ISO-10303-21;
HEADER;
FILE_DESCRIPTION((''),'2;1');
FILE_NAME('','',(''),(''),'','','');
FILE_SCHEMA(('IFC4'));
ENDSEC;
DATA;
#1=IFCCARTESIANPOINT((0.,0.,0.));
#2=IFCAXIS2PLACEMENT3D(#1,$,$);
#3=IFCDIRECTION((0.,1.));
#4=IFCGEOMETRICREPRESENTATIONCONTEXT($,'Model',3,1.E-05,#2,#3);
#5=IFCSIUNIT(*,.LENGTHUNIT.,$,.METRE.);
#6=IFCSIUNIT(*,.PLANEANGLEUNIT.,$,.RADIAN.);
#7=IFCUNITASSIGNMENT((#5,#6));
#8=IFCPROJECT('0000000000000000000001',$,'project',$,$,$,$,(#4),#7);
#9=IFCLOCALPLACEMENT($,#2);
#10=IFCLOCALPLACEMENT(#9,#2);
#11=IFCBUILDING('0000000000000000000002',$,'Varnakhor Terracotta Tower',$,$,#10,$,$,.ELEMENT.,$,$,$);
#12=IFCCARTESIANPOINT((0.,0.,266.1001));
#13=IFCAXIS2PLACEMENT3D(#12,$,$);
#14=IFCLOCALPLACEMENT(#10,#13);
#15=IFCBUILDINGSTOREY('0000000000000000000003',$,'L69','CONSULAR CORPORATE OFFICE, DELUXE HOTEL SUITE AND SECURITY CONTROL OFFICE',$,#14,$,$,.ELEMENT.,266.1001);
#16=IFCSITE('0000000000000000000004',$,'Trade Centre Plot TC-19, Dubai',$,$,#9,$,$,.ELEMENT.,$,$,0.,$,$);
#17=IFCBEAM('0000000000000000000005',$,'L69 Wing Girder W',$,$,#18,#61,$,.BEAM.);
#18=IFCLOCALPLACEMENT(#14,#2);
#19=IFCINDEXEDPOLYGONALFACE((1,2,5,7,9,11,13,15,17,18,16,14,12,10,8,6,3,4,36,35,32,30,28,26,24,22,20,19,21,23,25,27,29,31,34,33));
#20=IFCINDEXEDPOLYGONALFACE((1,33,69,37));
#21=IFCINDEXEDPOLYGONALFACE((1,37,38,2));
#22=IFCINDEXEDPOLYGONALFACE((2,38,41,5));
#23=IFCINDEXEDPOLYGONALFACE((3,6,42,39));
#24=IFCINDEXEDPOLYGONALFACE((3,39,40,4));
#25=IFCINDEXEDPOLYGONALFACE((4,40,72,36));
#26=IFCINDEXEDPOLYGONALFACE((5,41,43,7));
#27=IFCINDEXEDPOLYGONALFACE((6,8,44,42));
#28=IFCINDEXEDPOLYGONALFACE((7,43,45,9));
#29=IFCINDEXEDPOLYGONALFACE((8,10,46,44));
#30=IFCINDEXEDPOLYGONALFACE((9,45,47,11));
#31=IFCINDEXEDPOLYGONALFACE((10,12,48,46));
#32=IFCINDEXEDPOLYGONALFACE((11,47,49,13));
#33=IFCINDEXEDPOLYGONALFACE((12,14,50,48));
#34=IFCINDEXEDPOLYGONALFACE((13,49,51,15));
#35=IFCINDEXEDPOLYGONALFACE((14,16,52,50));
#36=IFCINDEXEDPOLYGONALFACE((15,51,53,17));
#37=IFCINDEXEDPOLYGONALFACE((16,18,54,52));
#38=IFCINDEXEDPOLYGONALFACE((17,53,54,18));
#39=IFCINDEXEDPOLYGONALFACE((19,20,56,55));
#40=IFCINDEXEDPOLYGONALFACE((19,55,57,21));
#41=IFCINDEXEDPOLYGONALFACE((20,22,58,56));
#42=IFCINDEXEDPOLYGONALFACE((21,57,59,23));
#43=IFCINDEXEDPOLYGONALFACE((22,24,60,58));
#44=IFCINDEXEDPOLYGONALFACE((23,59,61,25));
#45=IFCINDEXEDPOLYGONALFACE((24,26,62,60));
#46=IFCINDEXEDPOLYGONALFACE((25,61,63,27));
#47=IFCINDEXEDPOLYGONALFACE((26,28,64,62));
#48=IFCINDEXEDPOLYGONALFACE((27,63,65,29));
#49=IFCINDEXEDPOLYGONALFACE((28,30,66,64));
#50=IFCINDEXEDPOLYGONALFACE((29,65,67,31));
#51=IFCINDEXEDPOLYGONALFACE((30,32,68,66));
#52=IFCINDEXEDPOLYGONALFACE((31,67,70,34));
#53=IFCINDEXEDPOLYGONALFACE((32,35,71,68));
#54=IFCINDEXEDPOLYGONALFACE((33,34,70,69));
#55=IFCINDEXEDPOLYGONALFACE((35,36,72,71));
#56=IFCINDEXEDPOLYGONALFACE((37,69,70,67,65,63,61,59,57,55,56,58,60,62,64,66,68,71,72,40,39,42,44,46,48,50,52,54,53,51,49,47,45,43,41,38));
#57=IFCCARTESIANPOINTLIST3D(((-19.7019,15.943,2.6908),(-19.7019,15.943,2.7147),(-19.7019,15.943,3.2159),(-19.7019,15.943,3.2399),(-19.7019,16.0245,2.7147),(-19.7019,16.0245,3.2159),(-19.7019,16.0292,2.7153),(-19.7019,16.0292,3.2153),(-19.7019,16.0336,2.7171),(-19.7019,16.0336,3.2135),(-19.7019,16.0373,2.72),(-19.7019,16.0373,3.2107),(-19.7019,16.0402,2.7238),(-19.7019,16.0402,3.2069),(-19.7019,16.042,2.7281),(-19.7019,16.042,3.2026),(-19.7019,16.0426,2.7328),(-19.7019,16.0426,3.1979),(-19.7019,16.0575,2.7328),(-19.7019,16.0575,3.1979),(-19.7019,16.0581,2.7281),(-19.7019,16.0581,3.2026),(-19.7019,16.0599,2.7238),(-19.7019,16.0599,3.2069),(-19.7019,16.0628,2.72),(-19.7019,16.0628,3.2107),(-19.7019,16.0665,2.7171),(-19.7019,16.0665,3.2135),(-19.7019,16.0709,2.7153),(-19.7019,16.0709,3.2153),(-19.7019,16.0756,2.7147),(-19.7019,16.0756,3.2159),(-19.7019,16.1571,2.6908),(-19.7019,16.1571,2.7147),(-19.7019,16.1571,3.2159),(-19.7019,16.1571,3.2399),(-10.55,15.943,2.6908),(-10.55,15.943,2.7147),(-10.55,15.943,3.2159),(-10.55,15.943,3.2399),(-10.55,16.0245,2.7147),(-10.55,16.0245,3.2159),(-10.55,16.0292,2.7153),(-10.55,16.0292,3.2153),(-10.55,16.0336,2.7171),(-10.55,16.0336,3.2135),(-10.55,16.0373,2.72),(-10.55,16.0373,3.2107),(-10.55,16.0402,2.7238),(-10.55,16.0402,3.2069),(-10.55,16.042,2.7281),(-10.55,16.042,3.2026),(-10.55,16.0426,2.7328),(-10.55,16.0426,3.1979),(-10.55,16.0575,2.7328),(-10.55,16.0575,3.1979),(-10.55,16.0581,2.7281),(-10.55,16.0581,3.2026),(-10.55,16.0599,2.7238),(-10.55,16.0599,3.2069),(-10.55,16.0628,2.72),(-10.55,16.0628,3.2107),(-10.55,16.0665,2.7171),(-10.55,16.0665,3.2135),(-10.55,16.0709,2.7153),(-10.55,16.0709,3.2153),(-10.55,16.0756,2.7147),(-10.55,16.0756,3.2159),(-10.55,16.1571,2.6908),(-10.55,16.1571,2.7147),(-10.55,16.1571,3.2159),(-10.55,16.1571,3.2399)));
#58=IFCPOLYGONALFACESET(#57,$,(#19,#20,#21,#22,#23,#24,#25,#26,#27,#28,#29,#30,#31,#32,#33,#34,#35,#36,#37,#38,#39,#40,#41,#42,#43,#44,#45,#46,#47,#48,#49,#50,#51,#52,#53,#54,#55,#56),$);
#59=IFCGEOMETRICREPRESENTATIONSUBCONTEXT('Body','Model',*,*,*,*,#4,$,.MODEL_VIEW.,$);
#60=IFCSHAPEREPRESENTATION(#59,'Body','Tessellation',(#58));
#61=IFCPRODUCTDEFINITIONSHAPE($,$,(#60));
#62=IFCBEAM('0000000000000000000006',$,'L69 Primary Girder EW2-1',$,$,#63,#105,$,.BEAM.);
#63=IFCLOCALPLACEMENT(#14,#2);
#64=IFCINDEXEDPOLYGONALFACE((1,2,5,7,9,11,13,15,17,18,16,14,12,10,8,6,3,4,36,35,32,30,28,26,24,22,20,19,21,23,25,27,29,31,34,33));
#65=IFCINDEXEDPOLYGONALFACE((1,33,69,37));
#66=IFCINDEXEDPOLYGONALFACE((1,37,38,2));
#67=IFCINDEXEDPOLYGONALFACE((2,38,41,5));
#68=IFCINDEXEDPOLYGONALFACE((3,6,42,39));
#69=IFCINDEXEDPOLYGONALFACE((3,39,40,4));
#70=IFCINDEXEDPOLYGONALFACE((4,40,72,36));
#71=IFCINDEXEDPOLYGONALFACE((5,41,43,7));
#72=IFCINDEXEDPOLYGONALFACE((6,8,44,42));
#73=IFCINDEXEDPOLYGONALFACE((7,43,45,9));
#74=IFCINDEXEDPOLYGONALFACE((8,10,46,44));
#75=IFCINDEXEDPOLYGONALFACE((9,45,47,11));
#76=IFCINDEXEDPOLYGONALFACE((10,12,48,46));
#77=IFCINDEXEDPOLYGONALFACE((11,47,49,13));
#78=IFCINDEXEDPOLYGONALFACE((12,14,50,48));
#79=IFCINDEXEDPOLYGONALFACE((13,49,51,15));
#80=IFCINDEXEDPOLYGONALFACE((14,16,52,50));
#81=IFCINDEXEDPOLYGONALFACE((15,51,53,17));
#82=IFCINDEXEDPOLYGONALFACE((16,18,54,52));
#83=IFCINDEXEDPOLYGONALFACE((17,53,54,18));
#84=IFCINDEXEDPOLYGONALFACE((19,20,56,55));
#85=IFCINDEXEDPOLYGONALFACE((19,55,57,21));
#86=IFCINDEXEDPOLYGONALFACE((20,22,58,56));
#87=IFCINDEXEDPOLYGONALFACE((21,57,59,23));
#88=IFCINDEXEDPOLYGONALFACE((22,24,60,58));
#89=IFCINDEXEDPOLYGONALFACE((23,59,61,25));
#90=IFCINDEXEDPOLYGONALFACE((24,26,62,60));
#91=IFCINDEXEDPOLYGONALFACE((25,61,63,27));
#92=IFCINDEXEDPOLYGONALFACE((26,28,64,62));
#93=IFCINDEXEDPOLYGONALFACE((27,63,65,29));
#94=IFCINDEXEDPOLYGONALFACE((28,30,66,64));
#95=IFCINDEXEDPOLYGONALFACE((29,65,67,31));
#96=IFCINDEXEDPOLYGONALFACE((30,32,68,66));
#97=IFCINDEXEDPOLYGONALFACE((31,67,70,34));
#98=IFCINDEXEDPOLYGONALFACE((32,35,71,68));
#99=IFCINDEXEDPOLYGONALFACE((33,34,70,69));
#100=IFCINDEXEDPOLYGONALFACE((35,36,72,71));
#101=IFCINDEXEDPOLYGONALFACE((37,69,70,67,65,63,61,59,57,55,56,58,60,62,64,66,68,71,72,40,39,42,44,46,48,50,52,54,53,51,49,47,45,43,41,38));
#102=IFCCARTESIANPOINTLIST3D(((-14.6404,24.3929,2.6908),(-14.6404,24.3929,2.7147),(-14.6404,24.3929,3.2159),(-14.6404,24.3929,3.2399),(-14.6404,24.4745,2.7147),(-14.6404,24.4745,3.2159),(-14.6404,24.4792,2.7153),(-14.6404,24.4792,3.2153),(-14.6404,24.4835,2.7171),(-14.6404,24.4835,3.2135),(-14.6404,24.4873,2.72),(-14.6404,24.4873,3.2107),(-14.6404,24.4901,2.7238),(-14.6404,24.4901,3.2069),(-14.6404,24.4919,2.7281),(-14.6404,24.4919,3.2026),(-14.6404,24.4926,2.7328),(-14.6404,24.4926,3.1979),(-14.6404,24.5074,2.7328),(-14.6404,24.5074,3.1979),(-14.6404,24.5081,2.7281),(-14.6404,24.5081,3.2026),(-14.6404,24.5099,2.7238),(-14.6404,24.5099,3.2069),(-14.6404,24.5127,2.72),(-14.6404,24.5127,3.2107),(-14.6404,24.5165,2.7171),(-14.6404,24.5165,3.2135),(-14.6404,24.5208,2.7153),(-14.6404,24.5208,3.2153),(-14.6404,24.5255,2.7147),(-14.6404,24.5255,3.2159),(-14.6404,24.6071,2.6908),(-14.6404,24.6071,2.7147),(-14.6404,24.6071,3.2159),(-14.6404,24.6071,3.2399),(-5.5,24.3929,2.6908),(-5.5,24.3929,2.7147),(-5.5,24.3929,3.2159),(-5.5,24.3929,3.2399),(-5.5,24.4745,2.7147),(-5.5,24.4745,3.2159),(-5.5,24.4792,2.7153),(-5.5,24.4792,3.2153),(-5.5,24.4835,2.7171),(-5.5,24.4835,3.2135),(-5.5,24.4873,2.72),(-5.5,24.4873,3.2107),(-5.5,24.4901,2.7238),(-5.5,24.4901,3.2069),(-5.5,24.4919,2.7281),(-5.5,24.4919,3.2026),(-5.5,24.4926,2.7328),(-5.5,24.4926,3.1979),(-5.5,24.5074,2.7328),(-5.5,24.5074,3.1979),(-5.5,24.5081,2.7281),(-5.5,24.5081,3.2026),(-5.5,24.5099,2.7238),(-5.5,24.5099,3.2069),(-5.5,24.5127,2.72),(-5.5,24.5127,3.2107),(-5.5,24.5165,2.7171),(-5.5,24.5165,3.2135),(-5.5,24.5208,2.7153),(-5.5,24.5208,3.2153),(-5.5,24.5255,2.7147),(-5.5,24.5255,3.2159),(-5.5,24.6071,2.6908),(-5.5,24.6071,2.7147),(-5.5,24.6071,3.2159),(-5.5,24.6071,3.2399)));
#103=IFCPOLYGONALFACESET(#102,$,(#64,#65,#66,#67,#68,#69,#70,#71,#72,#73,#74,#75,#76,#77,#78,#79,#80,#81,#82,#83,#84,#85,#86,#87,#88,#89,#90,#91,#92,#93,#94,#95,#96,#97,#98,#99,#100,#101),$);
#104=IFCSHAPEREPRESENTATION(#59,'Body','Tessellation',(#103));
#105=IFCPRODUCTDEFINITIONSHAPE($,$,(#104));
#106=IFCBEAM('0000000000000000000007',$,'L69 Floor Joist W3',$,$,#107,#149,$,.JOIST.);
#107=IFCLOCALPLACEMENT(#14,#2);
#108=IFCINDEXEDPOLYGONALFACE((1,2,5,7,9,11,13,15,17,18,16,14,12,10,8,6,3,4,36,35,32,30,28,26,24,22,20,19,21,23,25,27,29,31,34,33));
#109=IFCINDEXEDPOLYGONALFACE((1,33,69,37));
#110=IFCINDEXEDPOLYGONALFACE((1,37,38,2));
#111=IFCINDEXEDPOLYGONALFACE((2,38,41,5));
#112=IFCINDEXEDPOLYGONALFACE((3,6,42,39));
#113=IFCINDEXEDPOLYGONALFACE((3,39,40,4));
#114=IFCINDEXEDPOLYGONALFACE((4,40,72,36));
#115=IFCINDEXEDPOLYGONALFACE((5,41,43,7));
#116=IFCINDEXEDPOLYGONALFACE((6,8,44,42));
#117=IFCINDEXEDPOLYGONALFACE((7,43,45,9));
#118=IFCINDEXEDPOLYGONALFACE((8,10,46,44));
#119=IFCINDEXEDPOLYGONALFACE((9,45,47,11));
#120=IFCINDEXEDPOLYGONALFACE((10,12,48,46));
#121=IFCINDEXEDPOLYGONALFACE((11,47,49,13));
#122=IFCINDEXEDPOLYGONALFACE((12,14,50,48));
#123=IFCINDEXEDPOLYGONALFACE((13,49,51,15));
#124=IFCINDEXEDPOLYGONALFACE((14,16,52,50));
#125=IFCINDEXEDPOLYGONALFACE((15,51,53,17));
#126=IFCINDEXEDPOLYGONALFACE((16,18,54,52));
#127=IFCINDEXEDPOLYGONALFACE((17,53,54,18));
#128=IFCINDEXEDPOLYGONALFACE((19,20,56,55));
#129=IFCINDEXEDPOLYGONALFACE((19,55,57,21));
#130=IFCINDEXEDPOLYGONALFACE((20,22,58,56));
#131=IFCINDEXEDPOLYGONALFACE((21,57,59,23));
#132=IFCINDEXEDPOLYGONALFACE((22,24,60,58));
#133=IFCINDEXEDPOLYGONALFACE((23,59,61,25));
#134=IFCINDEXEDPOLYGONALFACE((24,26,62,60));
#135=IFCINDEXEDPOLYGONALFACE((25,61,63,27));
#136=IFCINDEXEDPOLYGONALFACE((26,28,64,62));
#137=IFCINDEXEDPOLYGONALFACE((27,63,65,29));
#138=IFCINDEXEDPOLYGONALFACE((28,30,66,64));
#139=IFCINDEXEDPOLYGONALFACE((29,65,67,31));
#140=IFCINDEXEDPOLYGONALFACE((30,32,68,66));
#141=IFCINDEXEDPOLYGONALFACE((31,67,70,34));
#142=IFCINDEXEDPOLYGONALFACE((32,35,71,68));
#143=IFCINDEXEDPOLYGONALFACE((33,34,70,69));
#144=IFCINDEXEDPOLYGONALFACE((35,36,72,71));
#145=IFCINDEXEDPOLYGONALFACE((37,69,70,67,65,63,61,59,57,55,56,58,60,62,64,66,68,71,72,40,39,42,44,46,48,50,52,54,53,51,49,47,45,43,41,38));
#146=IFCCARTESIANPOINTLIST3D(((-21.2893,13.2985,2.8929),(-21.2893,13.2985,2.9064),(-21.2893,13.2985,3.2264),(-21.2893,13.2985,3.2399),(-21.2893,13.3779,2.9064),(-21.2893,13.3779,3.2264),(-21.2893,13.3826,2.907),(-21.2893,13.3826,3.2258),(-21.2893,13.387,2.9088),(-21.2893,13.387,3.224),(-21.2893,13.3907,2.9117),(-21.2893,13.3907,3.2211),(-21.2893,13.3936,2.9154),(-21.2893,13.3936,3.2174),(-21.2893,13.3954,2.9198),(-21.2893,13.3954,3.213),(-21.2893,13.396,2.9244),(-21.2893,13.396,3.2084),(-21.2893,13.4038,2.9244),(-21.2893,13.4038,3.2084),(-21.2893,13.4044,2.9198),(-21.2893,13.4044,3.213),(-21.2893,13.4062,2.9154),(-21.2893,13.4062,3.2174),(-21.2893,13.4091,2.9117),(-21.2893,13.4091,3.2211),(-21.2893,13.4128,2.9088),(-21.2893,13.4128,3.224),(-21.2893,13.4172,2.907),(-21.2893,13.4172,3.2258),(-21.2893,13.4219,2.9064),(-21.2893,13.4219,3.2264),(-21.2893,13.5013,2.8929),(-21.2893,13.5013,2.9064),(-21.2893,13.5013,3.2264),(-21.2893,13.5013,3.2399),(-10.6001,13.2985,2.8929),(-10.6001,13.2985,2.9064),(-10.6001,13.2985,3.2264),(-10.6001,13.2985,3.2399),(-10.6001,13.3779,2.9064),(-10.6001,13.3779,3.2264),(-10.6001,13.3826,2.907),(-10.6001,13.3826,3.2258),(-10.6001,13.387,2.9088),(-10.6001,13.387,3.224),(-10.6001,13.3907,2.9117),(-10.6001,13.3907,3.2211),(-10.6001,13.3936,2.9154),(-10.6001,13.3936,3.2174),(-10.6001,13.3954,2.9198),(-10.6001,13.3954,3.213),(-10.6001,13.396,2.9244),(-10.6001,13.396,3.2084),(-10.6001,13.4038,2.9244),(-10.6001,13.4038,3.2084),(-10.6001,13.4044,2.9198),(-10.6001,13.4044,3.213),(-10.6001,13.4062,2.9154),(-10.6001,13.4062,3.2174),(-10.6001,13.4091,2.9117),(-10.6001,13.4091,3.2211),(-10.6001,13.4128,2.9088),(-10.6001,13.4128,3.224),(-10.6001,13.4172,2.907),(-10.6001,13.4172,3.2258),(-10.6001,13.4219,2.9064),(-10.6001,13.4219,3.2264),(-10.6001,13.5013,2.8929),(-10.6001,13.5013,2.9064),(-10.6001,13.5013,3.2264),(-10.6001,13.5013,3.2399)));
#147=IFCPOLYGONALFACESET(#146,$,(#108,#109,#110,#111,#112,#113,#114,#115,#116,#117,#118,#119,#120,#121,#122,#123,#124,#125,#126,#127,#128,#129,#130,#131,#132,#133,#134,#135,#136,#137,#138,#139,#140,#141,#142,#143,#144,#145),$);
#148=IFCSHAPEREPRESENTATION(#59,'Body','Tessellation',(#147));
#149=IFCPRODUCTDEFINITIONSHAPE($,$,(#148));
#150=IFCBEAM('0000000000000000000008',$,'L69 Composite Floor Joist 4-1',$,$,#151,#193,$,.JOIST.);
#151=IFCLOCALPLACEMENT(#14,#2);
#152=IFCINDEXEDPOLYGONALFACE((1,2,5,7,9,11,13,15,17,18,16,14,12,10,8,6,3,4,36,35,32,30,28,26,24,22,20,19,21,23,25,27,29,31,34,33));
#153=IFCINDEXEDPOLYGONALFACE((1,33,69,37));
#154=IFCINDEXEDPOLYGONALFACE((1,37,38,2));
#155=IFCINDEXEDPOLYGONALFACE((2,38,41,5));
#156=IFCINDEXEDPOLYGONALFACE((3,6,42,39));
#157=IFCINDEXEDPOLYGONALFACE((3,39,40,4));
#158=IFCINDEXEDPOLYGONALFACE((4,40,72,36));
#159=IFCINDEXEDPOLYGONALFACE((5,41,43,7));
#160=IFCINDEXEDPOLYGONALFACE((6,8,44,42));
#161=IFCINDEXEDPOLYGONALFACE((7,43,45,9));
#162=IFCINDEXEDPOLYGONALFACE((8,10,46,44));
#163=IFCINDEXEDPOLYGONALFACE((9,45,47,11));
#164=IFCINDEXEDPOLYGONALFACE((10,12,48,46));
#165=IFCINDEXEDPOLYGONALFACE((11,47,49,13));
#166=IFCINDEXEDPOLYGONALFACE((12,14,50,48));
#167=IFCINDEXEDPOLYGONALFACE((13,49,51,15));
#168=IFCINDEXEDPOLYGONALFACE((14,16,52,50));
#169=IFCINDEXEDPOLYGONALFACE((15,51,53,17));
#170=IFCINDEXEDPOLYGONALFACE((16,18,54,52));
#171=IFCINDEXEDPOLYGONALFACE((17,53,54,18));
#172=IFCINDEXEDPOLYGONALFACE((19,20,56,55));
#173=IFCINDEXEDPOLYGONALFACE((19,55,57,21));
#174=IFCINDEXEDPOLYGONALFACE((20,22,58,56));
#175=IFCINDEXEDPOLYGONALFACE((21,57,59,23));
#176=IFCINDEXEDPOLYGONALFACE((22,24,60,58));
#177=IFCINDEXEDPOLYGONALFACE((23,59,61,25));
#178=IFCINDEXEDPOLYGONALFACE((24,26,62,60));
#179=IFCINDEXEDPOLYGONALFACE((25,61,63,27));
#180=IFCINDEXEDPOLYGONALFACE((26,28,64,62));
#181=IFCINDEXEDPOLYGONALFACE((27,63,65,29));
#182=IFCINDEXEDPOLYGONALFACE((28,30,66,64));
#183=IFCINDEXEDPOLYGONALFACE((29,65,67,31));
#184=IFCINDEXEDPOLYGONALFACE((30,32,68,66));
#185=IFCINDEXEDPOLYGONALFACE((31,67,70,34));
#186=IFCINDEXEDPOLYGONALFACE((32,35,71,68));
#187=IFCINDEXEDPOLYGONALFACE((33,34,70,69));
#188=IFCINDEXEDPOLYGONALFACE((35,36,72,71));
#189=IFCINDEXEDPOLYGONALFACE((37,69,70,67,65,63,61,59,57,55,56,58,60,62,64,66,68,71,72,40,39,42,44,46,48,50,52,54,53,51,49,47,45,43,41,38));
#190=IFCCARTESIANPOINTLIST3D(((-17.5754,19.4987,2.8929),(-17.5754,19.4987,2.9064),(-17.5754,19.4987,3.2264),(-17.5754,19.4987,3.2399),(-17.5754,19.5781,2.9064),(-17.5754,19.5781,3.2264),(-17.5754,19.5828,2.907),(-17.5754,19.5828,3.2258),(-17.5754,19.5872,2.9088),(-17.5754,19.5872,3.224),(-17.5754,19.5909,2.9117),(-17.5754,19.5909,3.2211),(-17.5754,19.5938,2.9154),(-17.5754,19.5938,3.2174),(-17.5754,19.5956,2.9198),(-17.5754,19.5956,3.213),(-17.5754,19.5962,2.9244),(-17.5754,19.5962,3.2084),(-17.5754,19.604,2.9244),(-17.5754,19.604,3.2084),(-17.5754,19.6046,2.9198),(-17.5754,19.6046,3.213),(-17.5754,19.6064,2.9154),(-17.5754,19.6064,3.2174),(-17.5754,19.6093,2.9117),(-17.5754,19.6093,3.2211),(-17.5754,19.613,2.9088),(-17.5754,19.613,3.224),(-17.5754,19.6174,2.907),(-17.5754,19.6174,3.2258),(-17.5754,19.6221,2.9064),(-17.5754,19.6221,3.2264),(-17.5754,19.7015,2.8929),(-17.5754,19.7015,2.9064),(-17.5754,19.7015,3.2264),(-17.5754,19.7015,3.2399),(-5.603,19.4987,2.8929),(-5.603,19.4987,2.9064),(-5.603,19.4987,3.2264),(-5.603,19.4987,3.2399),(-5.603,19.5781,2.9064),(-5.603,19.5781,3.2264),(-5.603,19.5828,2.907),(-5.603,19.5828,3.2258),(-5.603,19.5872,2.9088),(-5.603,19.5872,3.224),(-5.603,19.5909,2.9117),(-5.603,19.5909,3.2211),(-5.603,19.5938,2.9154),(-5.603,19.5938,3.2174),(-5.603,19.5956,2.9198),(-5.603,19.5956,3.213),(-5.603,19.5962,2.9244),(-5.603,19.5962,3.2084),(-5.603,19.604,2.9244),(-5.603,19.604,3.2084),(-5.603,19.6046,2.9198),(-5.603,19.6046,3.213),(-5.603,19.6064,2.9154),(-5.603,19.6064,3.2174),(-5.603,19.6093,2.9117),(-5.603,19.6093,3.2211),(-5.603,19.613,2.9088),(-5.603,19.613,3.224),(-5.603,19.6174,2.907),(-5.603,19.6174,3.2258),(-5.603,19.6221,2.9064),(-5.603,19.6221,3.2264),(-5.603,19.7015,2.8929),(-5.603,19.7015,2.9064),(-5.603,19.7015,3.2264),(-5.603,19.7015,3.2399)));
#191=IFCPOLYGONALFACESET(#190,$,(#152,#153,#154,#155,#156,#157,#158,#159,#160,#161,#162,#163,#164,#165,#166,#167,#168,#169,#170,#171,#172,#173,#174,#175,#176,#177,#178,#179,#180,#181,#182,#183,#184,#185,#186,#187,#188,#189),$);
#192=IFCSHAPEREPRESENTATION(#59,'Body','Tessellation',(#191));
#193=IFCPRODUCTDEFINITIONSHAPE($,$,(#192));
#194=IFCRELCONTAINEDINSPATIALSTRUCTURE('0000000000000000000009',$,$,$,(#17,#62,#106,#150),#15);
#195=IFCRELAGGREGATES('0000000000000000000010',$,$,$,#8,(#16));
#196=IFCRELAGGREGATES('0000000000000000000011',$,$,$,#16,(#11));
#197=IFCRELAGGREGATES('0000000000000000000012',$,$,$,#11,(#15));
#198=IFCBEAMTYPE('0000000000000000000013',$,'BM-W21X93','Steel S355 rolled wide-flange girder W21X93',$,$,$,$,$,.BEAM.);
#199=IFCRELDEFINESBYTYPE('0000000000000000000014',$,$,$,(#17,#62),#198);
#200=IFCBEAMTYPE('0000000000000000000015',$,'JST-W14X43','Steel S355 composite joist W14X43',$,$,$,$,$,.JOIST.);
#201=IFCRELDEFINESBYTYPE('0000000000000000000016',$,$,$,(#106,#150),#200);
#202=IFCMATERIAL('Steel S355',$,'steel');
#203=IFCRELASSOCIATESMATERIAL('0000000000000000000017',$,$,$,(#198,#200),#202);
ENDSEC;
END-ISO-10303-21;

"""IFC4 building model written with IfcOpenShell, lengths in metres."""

from ifc_helpers import new_model, si_unit, direction, frame, origin, origin_2d, place, context, subcontext, project, spatial, i_section, extrude, source, transform, mapped, material, material_profile, profile_set, type_object, element, save


model = new_model("IFC4")

# Units and contexts
model_context = context("Model", 3, precision=1e-05, world=origin(), true_north=direction((0.0, 1.0)))
body_context = subcontext(model_context, "Body", "Model", "MODEL_VIEW")
ifc_project = project(units=[si_unit("LENGTHUNIT", "METRE"), si_unit("PLANEANGLEUNIT", "RADIAN")], contexts=[model_context])

# Site, building, storey
site_placement = place(None, origin())
site = spatial("IfcSite", under=ifc_project, at=site_placement, Name="Trade Centre Plot TC-19, Dubai", CompositionType="ELEMENT", RefElevation=0.0)
building_placement = place(site_placement, origin())
building = spatial("IfcBuilding", under=site, at=building_placement, Name="Varnakhor Terracotta Tower", CompositionType="ELEMENT")
storey_placement = place(building_placement, frame((0.0, 0.0, 266.1001)))
storey = spatial("IfcBuildingStorey", under=building, at=storey_placement, Name="L69", Description="CONSULAR CORPORATE OFFICE, DELUXE HOTEL SUITE AND SECURITY CONTROL OFFICE", CompositionType="ELEMENT", Elevation=266.1001)

# Beams
ifc_material_1 = material(Name="Steel S355", Category="steel")
ifc_material_profile_1 = material_profile(ifc_material_1, i_section(OverallWidth=0.2141, OverallDepth=0.5491, WebThickness=0.0149, FlangeThickness=0.0239, FilletRadius=0.0181, at=origin_2d()), Name="W21X93")
ifc_profile_set_1 = profile_set([ifc_material_profile_1], Name="Steel S355")
beam_type_1 = type_object("IfcBeamType", Name="BM-W21X93", Description="Steel S355 rolled wide-flange girder W21X93", PredefinedType="BEAM", material=ifc_profile_set_1)
shared_shape_1 = source(origin(), body_context, "Body", "SweptSolid", [
    extrude(i_section(OverallWidth=0.2141, OverallDepth=0.5491, WebThickness=0.0149, FlangeThickness=0.0239, FilletRadius=0.0181, at=origin_2d()), origin(), (0.0, 0.0, 1.0), 9.1519),
])
beam_1_placement = place(storey_placement, frame((-19.7019, 16.05, 2.9653), z_axis=(1.0, 0.0, 0.0), x_axis=(0.0, 1.0, 0.0)))
element("IfcBeam", 1, at=beam_1_placement, inside=storey, type_object=beam_type_1, Name="L69 Wing Girder W", PredefinedType="BEAM", context=body_context, shape_type="MappedRepresentation", body=[
    mapped(shared_shape_1, transform((0.0, 0.0, 0.0), scale=1.0)),
])
shared_shape_2 = source(origin(), body_context, "Body", "SweptSolid", [
    extrude(i_section(OverallWidth=0.2141, OverallDepth=0.5491, WebThickness=0.0149, FlangeThickness=0.0239, FilletRadius=0.0181, at=origin_2d()), origin(), (0.0, 0.0, 1.0), 9.1404),
])
beam_2_placement = place(storey_placement, frame((-14.6404, 24.5, 2.9653), z_axis=(1.0, 0.0, 0.0), x_axis=(0.0, 1.0, 0.0)))
element("IfcBeam", 2, at=beam_2_placement, inside=storey, type_object=beam_type_1, Name="L69 Primary Girder EW2-1", PredefinedType="BEAM", context=body_context, shape_type="MappedRepresentation", body=[
    mapped(shared_shape_2, transform((0.0, 0.0, 0.0), scale=1.0)),
])
ifc_material_profile_2 = material_profile(ifc_material_1, i_section(OverallWidth=0.2029, OverallDepth=0.3469, WebThickness=0.0078, FlangeThickness=0.0134, FilletRadius=0.0181, at=origin_2d()), Name="W14X43")
ifc_profile_set_2 = profile_set([ifc_material_profile_2], Name="Steel S355")
beam_type_2 = type_object("IfcBeamType", Name="JST-W14X43", Description="Steel S355 composite joist W14X43", PredefinedType="JOIST", material=ifc_profile_set_2)
shared_shape_3 = source(origin(), body_context, "Body", "SweptSolid", [
    extrude(i_section(OverallWidth=0.2029, OverallDepth=0.3469, WebThickness=0.0078, FlangeThickness=0.0134, FilletRadius=0.0181, at=origin_2d()), origin(), (0.0, 0.0, 1.0), 10.6892),
])
beam_3_placement = place(storey_placement, frame((-21.2893, 13.3999, 3.0664), z_axis=(1.0, 0.0, 0.0), x_axis=(0.0, 1.0, 0.0)))
element("IfcBeam", 3, at=beam_3_placement, inside=storey, type_object=beam_type_2, Name="L69 Floor Joist W3", PredefinedType="JOIST", context=body_context, shape_type="MappedRepresentation", body=[
    mapped(shared_shape_3, transform((0.0, 0.0, 0.0), scale=1.0)),
])
shared_shape_4 = source(origin(), body_context, "Body", "SweptSolid", [
    extrude(i_section(OverallWidth=0.2029, OverallDepth=0.3469, WebThickness=0.0078, FlangeThickness=0.0134, FilletRadius=0.0181, at=origin_2d()), origin(), (0.0, 0.0, 1.0), 11.9724),
])
beam_4_placement = place(storey_placement, frame((-17.5754, 19.6001, 3.0664), z_axis=(1.0, 0.0, 0.0), x_axis=(0.0, 1.0, 0.0)))
element("IfcBeam", 4, at=beam_4_placement, inside=storey, type_object=beam_type_2, Name="L69 Composite Floor Joist 4-1", PredefinedType="JOIST", context=body_context, shape_type="MappedRepresentation", body=[
    mapped(shared_shape_4, transform((0.0, 0.0, 0.0), scale=1.0)),
])

save(model, "model.ifc")
